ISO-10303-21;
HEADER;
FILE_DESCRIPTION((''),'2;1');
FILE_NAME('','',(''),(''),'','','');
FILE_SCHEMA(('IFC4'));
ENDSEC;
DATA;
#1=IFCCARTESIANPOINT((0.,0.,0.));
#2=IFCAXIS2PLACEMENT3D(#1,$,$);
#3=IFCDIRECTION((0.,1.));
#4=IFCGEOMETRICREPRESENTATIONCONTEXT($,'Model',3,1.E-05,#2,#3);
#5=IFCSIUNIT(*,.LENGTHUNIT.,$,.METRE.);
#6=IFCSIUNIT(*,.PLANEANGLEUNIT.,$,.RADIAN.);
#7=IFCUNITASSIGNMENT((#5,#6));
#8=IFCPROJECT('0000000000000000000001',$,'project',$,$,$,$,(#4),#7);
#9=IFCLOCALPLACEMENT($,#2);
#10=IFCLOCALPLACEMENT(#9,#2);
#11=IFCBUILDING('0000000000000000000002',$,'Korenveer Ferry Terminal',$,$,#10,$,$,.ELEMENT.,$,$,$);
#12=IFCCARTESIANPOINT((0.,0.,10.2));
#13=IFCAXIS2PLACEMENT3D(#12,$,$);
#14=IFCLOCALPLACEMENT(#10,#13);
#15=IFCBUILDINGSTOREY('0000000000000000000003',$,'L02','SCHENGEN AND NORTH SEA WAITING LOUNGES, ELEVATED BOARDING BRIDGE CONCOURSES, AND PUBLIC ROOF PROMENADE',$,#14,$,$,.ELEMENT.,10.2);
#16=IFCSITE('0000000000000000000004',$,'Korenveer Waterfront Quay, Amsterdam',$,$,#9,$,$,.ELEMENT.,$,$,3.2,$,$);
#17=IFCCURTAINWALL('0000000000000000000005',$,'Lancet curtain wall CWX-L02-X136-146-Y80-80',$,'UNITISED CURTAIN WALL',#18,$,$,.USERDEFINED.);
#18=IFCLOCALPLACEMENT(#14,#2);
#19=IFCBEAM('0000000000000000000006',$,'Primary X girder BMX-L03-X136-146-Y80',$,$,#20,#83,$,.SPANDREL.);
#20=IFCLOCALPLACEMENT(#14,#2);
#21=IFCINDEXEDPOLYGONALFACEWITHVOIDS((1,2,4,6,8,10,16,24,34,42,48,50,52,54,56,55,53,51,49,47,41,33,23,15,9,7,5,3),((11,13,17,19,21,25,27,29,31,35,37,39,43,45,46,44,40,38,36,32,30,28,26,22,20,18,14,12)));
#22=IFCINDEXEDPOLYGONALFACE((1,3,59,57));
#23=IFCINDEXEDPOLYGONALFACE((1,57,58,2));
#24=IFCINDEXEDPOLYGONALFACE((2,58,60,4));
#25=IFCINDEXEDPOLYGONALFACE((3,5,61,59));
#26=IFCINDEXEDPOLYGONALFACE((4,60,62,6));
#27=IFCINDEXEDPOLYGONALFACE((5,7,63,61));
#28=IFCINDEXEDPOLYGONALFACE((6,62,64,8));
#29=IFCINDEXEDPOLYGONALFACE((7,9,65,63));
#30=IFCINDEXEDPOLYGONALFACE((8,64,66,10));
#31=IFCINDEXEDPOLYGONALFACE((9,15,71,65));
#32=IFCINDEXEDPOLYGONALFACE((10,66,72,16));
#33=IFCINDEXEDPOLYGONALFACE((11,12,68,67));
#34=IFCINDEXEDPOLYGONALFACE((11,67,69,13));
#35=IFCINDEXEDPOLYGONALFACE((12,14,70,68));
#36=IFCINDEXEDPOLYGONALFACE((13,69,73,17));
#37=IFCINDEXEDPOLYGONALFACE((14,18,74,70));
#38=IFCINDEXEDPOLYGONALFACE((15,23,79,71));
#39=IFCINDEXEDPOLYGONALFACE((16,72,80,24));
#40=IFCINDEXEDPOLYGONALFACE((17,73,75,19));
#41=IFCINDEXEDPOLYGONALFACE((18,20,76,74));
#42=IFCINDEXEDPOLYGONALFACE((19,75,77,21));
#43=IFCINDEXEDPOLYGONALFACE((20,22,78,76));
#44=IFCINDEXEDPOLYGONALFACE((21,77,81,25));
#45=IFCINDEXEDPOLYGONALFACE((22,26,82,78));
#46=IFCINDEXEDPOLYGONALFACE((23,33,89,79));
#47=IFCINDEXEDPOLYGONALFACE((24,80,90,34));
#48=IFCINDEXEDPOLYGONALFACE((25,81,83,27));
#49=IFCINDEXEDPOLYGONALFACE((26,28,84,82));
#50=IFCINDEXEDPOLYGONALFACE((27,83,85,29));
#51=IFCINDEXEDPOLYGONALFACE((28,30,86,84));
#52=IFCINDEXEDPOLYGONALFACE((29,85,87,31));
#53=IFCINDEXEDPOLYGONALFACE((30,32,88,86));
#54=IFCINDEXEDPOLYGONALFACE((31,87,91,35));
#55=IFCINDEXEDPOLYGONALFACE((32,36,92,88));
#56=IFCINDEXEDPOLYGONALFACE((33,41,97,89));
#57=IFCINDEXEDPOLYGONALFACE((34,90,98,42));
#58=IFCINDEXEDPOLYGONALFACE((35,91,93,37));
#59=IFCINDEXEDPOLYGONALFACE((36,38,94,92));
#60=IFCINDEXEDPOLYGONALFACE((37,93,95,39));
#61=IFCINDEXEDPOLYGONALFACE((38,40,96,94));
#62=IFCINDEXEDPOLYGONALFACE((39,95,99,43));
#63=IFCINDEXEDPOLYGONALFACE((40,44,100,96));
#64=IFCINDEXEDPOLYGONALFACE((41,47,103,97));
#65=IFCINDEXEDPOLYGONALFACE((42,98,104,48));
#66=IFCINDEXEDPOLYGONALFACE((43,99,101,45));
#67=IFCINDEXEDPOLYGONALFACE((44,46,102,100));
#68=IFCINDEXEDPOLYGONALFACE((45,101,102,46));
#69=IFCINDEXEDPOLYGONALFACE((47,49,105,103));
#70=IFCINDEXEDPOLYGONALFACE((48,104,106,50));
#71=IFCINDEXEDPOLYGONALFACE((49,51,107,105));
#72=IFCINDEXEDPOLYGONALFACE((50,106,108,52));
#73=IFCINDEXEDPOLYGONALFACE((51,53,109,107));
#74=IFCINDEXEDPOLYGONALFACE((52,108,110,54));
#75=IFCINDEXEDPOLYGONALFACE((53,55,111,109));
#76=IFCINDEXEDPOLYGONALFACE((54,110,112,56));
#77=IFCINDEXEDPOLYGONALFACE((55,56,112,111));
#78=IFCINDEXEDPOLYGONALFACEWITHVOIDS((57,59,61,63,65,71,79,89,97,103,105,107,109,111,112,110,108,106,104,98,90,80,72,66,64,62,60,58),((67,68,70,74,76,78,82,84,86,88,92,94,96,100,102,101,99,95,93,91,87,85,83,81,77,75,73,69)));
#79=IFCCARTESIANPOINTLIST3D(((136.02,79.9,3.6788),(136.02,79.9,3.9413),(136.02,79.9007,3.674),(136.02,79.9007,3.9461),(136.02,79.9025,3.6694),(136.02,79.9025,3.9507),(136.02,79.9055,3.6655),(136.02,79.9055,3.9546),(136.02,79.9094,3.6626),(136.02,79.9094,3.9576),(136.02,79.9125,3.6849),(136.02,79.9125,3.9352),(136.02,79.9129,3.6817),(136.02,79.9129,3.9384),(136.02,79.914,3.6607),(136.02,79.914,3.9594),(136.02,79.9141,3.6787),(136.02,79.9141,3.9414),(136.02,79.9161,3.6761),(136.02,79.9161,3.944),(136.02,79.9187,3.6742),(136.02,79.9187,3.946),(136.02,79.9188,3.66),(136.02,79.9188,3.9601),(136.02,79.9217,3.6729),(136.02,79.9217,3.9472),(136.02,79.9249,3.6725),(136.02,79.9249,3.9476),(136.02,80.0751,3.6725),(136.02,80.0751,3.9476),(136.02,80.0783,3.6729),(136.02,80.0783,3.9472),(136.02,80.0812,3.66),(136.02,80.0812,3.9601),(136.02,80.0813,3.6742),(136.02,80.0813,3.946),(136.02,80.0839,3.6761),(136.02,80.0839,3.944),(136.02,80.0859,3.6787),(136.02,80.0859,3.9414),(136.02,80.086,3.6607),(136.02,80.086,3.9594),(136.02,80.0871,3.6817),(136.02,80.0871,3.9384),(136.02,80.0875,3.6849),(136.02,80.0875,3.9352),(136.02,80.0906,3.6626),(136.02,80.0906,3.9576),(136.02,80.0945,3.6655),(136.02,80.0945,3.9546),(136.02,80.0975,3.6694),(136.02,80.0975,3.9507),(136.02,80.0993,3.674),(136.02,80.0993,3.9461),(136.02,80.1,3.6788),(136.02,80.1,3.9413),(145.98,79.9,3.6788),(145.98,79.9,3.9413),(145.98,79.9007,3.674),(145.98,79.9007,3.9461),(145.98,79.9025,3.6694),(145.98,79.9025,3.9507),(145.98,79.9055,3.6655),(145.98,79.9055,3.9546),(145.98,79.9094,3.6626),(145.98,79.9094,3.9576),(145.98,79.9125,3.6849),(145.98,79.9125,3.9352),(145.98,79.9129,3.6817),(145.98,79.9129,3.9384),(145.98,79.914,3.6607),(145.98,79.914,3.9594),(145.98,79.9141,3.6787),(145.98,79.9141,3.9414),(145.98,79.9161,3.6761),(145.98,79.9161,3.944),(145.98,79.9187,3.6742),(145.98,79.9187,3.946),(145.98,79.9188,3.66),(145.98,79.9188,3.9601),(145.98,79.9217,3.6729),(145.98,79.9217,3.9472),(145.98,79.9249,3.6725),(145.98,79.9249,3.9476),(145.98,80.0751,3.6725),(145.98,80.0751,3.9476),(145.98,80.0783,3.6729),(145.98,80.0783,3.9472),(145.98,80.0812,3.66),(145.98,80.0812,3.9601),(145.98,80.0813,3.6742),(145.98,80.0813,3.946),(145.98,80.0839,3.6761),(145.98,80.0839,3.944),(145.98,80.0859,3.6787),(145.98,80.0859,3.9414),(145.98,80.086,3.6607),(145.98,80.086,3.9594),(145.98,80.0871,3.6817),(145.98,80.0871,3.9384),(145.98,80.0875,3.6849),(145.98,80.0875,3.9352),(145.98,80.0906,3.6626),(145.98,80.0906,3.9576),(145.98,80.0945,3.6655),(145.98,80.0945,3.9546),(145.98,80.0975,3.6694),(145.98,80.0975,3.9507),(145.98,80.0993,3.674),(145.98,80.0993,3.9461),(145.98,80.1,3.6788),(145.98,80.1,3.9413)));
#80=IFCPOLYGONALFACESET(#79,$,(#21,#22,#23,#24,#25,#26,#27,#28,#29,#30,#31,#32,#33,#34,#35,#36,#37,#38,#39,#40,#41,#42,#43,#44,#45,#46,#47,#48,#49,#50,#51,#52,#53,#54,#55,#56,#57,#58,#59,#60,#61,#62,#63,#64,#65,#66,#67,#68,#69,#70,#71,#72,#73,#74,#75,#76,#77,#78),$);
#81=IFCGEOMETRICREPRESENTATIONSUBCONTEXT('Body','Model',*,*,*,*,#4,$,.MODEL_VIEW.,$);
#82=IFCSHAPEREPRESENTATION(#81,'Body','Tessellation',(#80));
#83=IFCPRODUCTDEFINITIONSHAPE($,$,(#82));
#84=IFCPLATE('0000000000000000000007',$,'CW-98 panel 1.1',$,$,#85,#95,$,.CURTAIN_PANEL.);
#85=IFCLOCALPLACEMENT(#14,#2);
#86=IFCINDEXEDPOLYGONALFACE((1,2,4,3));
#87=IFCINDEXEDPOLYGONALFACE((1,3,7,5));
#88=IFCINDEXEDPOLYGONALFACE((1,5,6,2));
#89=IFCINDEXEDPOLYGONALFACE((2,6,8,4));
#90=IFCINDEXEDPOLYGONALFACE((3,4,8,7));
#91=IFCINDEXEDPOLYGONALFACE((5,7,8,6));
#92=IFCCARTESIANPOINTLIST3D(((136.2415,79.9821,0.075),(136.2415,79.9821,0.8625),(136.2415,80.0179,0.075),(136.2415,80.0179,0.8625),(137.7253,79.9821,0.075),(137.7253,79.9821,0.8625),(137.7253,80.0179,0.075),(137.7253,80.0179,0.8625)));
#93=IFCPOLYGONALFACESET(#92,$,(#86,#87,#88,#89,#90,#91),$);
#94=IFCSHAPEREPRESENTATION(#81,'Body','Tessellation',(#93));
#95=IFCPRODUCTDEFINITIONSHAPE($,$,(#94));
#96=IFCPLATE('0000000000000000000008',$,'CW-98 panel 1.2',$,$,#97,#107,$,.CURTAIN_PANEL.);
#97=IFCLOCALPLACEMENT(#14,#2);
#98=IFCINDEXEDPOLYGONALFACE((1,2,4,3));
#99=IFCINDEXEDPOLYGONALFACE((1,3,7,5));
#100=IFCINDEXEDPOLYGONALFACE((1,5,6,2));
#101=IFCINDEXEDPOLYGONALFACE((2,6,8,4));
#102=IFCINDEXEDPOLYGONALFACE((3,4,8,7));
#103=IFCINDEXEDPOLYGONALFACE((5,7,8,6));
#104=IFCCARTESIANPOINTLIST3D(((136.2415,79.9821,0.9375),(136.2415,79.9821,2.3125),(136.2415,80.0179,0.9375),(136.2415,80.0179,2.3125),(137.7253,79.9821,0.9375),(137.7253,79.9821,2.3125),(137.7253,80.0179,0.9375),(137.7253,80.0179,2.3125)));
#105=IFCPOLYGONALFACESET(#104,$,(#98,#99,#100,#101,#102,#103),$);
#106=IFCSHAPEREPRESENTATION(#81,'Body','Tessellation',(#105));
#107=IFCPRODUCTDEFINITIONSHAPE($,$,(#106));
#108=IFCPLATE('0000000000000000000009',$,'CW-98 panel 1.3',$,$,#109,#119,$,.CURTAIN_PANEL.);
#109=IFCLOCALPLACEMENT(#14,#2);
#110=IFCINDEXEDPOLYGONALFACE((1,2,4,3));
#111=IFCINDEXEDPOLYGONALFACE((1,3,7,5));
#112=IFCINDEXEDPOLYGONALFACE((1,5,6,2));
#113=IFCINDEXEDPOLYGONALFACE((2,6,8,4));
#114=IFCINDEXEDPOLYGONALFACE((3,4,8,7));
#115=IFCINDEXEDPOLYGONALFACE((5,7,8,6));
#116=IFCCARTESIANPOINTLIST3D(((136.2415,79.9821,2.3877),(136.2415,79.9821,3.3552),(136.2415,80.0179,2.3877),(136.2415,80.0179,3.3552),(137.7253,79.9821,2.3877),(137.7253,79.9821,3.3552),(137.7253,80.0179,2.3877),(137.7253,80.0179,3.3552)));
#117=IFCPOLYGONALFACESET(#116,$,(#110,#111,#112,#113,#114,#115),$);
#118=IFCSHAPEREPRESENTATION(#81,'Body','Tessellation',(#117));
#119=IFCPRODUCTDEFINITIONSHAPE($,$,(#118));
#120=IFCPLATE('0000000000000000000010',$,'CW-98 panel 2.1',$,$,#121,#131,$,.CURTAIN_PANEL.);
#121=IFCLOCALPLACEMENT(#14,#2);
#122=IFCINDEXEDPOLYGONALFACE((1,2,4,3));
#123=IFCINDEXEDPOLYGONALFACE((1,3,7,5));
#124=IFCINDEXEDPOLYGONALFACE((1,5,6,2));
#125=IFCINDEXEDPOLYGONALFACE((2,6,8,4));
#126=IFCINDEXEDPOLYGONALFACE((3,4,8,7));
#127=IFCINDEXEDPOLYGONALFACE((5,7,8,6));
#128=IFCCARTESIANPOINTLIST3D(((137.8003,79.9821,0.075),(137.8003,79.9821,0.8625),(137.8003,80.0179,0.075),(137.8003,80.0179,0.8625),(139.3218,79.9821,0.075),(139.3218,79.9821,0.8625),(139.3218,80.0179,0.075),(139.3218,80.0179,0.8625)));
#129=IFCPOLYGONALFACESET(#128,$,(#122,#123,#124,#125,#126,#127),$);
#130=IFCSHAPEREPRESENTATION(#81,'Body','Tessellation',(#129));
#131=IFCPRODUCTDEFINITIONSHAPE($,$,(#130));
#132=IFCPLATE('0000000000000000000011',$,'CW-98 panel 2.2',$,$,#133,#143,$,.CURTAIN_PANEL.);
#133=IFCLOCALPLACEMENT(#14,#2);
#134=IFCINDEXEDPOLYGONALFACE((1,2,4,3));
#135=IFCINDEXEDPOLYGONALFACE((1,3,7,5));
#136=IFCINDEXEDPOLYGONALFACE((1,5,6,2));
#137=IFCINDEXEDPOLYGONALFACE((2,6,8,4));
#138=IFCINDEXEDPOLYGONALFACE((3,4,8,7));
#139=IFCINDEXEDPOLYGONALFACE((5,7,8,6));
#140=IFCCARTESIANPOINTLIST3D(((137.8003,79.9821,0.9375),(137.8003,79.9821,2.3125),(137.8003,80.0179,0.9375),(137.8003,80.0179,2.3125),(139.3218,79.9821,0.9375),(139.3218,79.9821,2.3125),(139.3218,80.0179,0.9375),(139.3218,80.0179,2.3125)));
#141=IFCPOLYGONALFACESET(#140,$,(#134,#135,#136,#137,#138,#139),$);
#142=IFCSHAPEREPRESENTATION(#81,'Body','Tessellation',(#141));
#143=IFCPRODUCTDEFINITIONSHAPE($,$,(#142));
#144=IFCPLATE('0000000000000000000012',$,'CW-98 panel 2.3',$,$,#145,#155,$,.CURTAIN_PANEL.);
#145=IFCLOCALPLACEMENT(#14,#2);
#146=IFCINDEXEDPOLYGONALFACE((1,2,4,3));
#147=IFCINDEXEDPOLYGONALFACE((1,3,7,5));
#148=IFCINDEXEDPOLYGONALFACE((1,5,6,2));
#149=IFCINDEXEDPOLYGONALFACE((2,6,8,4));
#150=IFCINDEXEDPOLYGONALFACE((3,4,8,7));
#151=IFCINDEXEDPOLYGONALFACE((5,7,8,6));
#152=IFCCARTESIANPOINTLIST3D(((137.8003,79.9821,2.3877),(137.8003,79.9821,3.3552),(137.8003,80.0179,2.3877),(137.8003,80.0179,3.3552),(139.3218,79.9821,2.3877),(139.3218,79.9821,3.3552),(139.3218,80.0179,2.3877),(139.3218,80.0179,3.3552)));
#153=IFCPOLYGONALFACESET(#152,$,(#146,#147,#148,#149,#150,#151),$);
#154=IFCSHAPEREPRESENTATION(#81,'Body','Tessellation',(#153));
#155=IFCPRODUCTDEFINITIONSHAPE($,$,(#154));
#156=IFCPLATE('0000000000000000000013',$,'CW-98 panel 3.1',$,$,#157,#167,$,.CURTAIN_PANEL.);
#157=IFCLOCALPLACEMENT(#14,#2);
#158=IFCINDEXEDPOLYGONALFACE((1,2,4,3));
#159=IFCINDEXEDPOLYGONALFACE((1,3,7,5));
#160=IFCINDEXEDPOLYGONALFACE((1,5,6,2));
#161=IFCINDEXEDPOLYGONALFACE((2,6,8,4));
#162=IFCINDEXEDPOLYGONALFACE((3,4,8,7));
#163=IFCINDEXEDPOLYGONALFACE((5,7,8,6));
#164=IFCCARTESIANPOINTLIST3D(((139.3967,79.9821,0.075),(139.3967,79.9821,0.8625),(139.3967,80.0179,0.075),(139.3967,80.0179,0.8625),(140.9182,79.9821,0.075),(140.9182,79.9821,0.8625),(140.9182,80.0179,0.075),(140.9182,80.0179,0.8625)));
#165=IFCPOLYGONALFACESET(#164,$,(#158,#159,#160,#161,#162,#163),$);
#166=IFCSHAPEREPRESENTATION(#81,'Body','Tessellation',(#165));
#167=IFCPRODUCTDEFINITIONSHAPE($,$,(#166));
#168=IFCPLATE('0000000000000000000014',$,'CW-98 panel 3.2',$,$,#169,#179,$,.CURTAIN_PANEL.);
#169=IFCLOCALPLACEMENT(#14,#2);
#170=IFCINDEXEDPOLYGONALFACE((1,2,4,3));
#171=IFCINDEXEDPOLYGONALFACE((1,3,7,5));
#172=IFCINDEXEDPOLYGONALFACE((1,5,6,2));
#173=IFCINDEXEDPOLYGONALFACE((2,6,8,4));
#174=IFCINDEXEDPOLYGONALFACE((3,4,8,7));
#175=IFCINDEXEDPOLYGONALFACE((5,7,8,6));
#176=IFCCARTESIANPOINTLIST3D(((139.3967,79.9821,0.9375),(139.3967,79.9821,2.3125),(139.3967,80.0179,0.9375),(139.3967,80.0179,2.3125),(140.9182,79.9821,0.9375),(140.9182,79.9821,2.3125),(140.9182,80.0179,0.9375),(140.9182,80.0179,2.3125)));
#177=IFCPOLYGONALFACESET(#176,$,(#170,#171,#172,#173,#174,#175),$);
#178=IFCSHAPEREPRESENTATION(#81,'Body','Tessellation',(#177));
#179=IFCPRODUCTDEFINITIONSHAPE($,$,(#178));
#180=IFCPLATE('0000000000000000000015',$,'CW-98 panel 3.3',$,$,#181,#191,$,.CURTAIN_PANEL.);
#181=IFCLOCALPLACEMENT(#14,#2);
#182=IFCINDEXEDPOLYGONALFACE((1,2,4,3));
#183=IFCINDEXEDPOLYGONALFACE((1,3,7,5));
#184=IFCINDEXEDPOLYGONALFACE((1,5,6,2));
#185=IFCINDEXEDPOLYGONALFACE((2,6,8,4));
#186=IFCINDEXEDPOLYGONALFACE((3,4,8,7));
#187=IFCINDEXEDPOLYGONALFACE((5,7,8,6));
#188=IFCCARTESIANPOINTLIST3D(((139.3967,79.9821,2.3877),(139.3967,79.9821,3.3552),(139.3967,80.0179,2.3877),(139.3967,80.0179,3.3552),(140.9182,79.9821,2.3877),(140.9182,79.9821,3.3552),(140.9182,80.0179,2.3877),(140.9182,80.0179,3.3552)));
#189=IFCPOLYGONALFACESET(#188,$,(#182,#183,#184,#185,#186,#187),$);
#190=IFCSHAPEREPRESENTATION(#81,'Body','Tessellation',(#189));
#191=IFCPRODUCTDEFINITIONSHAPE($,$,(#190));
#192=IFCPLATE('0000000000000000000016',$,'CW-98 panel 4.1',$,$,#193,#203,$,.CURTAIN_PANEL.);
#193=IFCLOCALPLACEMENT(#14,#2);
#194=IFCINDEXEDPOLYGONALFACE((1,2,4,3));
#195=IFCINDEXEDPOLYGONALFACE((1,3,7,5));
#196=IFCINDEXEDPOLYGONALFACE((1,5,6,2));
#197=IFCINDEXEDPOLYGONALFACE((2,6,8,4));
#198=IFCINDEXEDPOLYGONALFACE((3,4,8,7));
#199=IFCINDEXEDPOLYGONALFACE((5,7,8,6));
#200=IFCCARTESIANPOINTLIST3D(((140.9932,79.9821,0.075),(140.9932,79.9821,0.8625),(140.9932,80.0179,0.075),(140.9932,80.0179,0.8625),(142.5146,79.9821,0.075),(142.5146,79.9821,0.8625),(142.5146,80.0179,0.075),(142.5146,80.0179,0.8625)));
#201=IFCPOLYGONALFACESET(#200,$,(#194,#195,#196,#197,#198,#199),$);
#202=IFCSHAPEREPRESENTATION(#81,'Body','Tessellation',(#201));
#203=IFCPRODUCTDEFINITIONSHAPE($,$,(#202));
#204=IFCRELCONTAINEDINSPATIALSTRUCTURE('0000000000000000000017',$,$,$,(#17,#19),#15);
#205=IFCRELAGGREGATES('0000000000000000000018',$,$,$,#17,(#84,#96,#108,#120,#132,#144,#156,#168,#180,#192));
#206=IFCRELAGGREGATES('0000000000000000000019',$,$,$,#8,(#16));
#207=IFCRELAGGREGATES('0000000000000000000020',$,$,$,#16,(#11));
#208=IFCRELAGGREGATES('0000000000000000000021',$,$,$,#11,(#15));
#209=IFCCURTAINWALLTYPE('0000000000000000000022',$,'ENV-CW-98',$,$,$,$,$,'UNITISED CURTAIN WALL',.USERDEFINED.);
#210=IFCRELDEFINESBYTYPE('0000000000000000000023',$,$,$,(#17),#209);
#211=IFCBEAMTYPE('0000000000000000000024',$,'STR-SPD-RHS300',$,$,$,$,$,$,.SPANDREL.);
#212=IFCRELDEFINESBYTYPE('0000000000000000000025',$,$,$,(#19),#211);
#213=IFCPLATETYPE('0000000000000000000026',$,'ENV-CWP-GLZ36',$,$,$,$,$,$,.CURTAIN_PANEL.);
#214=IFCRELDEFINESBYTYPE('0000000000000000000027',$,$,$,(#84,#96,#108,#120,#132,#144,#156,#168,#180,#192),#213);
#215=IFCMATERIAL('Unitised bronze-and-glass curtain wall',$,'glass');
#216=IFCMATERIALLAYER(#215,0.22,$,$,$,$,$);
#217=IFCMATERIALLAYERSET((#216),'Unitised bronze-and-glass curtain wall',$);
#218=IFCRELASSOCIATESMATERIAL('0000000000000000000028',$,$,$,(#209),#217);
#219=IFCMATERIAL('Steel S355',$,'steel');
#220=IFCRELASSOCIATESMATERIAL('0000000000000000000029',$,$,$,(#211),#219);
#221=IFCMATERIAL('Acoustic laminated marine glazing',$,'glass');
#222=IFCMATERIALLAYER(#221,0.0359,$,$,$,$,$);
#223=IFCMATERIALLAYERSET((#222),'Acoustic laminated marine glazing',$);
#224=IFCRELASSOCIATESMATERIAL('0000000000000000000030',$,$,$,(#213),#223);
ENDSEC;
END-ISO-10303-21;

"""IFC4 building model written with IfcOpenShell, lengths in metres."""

from ifc_helpers import new_model, si_unit, direction, frame, origin, origin_2d, place, context, subcontext, project, spatial, rectangle, hollow_rectangle, extrude, material, layer, layer_set, material_profile, profile_set, type_object, element, aggregate, save


model = new_model("IFC4")

# Units and contexts
model_context = context("Model", 3, precision=1e-05, world=origin(), true_north=direction((0.0, 1.0)))
body_context = subcontext(model_context, "Body", "Model", "MODEL_VIEW")
ifc_project = project(units=[si_unit("LENGTHUNIT", "METRE"), si_unit("PLANEANGLEUNIT", "RADIAN")], contexts=[model_context])

# Site, building, storey
site_placement = place(None, origin())
site = spatial("IfcSite", under=ifc_project, at=site_placement, Name="Korenveer Waterfront Quay, Amsterdam", CompositionType="ELEMENT", RefElevation=3.2)
building_placement = place(site_placement, origin())
building = spatial("IfcBuilding", under=site, at=building_placement, Name="Korenveer Ferry Terminal", CompositionType="ELEMENT")
storey_placement = place(building_placement, frame((0.0, 0.0, 10.2)))
storey = spatial("IfcBuildingStorey", under=building, at=storey_placement, Name="L02", Description="SCHENGEN AND NORTH SEA WAITING LOUNGES, ELEVATED BOARDING BRIDGE CONCOURSES, AND PUBLIC ROOF PROMENADE", CompositionType="ELEMENT", Elevation=10.2)

# Curtain wall
ifc_material_1 = material(Name="Unitised bronze-and-glass curtain wall", Category="glass")
ifc_layer_1 = layer(ifc_material_1, 0.22)
ifc_layer_set_1 = layer_set([ifc_layer_1], Name="Unitised bronze-and-glass curtain wall")
curtain_wall_type = type_object("IfcCurtainWallType", Name="ENV-CW-98", ElementType="UNITISED CURTAIN WALL", PredefinedType="USERDEFINED", material=ifc_layer_set_1)
curtain_wall_placement = place(storey_placement, frame((136.1665, 80.0, 0.0)))
curtain_wall = element("IfcCurtainWall", 1, at=curtain_wall_placement, inside=storey, type_object=curtain_wall_type, Name="Lancet curtain wall CWX-L02-X136-146-Y80-80", ObjectType="UNITISED CURTAIN WALL", PredefinedType="USERDEFINED")

# Beam
ifc_material_2 = material(Name="Steel S355", Category="steel")
ifc_material_profile_1 = material_profile(ifc_material_2, hollow_rectangle(XDim=0.2, YDim=0.3, WallThickness=0.0125, InnerFilletRadius=0.0125, OuterFilletRadius=0.0188, at=origin_2d()), Name="RHS 300x200x12.5")
ifc_profile_set_1 = profile_set([ifc_material_profile_1], Name="Steel S355")
beam_type_1 = type_object("IfcBeamType", Name="STR-SPD-RHS300", PredefinedType="SPANDREL", material=ifc_profile_set_1)
beam_1_placement = place(storey_placement, frame((136.02, 80.0, 3.8101), z_axis=(1.0, 0.0, 0.0), x_axis=(0.0, 1.0, 0.0)))
element("IfcBeam", 2, at=beam_1_placement, inside=storey, type_object=beam_type_1, Name="Primary X girder BMX-L03-X136-146-Y80", PredefinedType="SPANDREL", context=body_context, shape_type="SweptSolid", body=[
    extrude(hollow_rectangle(XDim=0.2, YDim=0.3, WallThickness=0.0125, InnerFilletRadius=0.0125, OuterFilletRadius=0.0188, at=origin_2d()), origin(), (0.0, 0.0, 1.0), 9.96),
])

# Plates
ifc_material_3 = material(Name="Acoustic laminated marine glazing", Category="glass")
ifc_layer_2 = layer(ifc_material_3, 0.0359)
ifc_layer_set_2 = layer_set([ifc_layer_2], Name="Acoustic laminated marine glazing")
plate_type = type_object("IfcPlateType", Name="ENV-CWP-GLZ36", PredefinedType="CURTAIN_PANEL", material=ifc_layer_set_2)
plate_1_placement = place(storey_placement, frame((136.9834, 80.0, 0.075), z_axis=(0.0, 0.0, 1.0), x_axis=(1.0, 0.0, 0.0)))
plate_1 = element("IfcPlate", 3, at=plate_1_placement, type_object=plate_type, Name="CW-98 panel 1.1", PredefinedType="CURTAIN_PANEL", context=body_context, shape_type="SweptSolid", body=[
    extrude(rectangle(XDim=1.4839, YDim=0.0359, at=origin_2d()), origin(), (0.0, 0.0, 1.0), 0.7876),
])
plate_2_placement = place(storey_placement, frame((136.9834, 80.0, 0.9375), z_axis=(0.0, 0.0, 1.0), x_axis=(1.0, 0.0, 0.0)))
plate_2 = element("IfcPlate", 4, at=plate_2_placement, type_object=plate_type, Name="CW-98 panel 1.2", PredefinedType="CURTAIN_PANEL", context=body_context, shape_type="SweptSolid", body=[
    extrude(rectangle(XDim=1.4839, YDim=0.0359, at=origin_2d()), origin(), (0.0, 0.0, 1.0), 1.375),
])
plate_3_placement = place(storey_placement, frame((136.9834, 80.0, 2.3877), z_axis=(0.0, 0.0, 1.0), x_axis=(1.0, 0.0, 0.0)))
plate_3 = element("IfcPlate", 5, at=plate_3_placement, type_object=plate_type, Name="CW-98 panel 1.3", PredefinedType="CURTAIN_PANEL", context=body_context, shape_type="SweptSolid", body=[
    extrude(rectangle(XDim=1.4839, YDim=0.0359, at=origin_2d()), origin(), (0.0, 0.0, 1.0), 0.9675),
])
plate_4_placement = place(storey_placement, frame((138.561, 80.0, 0.075), z_axis=(0.0, 0.0, 1.0), x_axis=(1.0, 0.0, 0.0)))
plate_4 = element("IfcPlate", 6, at=plate_4_placement, type_object=plate_type, Name="CW-98 panel 2.1", PredefinedType="CURTAIN_PANEL", context=body_context, shape_type="SweptSolid", body=[
    extrude(rectangle(XDim=1.5215, YDim=0.0359, at=origin_2d()), origin(), (0.0, 0.0, 1.0), 0.7876),
])
plate_5_placement = place(storey_placement, frame((138.561, 80.0, 0.9375), z_axis=(0.0, 0.0, 1.0), x_axis=(1.0, 0.0, 0.0)))
plate_5 = element("IfcPlate", 7, at=plate_5_placement, type_object=plate_type, Name="CW-98 panel 2.2", PredefinedType="CURTAIN_PANEL", context=body_context, shape_type="SweptSolid", body=[
    extrude(rectangle(XDim=1.5215, YDim=0.0359, at=origin_2d()), origin(), (0.0, 0.0, 1.0), 1.375),
])
plate_6_placement = place(storey_placement, frame((138.561, 80.0, 2.3877), z_axis=(0.0, 0.0, 1.0), x_axis=(1.0, 0.0, 0.0)))
plate_6 = element("IfcPlate", 8, at=plate_6_placement, type_object=plate_type, Name="CW-98 panel 2.3", PredefinedType="CURTAIN_PANEL", context=body_context, shape_type="SweptSolid", body=[
    extrude(rectangle(XDim=1.5215, YDim=0.0359, at=origin_2d()), origin(), (0.0, 0.0, 1.0), 0.9675),
])
plate_7_placement = place(storey_placement, frame((140.1575, 80.0, 0.075), z_axis=(0.0, 0.0, 1.0), x_axis=(1.0, 0.0, 0.0)))
plate_7 = element("IfcPlate", 9, at=plate_7_placement, type_object=plate_type, Name="CW-98 panel 3.1", PredefinedType="CURTAIN_PANEL", context=body_context, shape_type="SweptSolid", body=[
    extrude(rectangle(XDim=1.5215, YDim=0.0359, at=origin_2d()), origin(), (0.0, 0.0, 1.0), 0.7876),
])
plate_8_placement = place(storey_placement, frame((140.1575, 80.0, 0.9375), z_axis=(0.0, 0.0, 1.0), x_axis=(1.0, 0.0, 0.0)))
plate_8 = element("IfcPlate", 10, at=plate_8_placement, type_object=plate_type, Name="CW-98 panel 3.2", PredefinedType="CURTAIN_PANEL", context=body_context, shape_type="SweptSolid", body=[
    extrude(rectangle(XDim=1.5215, YDim=0.0359, at=origin_2d()), origin(), (0.0, 0.0, 1.0), 1.375),
])
plate_9_placement = place(storey_placement, frame((140.1575, 80.0, 2.3877), z_axis=(0.0, 0.0, 1.0), x_axis=(1.0, 0.0, 0.0)))
plate_9 = element("IfcPlate", 11, at=plate_9_placement, type_object=plate_type, Name="CW-98 panel 3.3", PredefinedType="CURTAIN_PANEL", context=body_context, shape_type="SweptSolid", body=[
    extrude(rectangle(XDim=1.5215, YDim=0.0359, at=origin_2d()), origin(), (0.0, 0.0, 1.0), 0.9675),
])
plate_10_placement = place(storey_placement, frame((141.7539, 80.0, 0.075), z_axis=(0.0, 0.0, 1.0), x_axis=(1.0, 0.0, 0.0)))
plate_10 = element("IfcPlate", 12, at=plate_10_placement, type_object=plate_type, Name="CW-98 panel 4.1", PredefinedType="CURTAIN_PANEL", context=body_context, shape_type="SweptSolid", body=[
    extrude(rectangle(XDim=1.5215, YDim=0.0359, at=origin_2d()), origin(), (0.0, 0.0, 1.0), 0.7876),
])
aggregate(curtain_wall, [plate_1, plate_2, plate_3, plate_4, plate_5, plate_6, plate_7, plate_8, plate_9, plate_10])

save(model, "model.ifc")
